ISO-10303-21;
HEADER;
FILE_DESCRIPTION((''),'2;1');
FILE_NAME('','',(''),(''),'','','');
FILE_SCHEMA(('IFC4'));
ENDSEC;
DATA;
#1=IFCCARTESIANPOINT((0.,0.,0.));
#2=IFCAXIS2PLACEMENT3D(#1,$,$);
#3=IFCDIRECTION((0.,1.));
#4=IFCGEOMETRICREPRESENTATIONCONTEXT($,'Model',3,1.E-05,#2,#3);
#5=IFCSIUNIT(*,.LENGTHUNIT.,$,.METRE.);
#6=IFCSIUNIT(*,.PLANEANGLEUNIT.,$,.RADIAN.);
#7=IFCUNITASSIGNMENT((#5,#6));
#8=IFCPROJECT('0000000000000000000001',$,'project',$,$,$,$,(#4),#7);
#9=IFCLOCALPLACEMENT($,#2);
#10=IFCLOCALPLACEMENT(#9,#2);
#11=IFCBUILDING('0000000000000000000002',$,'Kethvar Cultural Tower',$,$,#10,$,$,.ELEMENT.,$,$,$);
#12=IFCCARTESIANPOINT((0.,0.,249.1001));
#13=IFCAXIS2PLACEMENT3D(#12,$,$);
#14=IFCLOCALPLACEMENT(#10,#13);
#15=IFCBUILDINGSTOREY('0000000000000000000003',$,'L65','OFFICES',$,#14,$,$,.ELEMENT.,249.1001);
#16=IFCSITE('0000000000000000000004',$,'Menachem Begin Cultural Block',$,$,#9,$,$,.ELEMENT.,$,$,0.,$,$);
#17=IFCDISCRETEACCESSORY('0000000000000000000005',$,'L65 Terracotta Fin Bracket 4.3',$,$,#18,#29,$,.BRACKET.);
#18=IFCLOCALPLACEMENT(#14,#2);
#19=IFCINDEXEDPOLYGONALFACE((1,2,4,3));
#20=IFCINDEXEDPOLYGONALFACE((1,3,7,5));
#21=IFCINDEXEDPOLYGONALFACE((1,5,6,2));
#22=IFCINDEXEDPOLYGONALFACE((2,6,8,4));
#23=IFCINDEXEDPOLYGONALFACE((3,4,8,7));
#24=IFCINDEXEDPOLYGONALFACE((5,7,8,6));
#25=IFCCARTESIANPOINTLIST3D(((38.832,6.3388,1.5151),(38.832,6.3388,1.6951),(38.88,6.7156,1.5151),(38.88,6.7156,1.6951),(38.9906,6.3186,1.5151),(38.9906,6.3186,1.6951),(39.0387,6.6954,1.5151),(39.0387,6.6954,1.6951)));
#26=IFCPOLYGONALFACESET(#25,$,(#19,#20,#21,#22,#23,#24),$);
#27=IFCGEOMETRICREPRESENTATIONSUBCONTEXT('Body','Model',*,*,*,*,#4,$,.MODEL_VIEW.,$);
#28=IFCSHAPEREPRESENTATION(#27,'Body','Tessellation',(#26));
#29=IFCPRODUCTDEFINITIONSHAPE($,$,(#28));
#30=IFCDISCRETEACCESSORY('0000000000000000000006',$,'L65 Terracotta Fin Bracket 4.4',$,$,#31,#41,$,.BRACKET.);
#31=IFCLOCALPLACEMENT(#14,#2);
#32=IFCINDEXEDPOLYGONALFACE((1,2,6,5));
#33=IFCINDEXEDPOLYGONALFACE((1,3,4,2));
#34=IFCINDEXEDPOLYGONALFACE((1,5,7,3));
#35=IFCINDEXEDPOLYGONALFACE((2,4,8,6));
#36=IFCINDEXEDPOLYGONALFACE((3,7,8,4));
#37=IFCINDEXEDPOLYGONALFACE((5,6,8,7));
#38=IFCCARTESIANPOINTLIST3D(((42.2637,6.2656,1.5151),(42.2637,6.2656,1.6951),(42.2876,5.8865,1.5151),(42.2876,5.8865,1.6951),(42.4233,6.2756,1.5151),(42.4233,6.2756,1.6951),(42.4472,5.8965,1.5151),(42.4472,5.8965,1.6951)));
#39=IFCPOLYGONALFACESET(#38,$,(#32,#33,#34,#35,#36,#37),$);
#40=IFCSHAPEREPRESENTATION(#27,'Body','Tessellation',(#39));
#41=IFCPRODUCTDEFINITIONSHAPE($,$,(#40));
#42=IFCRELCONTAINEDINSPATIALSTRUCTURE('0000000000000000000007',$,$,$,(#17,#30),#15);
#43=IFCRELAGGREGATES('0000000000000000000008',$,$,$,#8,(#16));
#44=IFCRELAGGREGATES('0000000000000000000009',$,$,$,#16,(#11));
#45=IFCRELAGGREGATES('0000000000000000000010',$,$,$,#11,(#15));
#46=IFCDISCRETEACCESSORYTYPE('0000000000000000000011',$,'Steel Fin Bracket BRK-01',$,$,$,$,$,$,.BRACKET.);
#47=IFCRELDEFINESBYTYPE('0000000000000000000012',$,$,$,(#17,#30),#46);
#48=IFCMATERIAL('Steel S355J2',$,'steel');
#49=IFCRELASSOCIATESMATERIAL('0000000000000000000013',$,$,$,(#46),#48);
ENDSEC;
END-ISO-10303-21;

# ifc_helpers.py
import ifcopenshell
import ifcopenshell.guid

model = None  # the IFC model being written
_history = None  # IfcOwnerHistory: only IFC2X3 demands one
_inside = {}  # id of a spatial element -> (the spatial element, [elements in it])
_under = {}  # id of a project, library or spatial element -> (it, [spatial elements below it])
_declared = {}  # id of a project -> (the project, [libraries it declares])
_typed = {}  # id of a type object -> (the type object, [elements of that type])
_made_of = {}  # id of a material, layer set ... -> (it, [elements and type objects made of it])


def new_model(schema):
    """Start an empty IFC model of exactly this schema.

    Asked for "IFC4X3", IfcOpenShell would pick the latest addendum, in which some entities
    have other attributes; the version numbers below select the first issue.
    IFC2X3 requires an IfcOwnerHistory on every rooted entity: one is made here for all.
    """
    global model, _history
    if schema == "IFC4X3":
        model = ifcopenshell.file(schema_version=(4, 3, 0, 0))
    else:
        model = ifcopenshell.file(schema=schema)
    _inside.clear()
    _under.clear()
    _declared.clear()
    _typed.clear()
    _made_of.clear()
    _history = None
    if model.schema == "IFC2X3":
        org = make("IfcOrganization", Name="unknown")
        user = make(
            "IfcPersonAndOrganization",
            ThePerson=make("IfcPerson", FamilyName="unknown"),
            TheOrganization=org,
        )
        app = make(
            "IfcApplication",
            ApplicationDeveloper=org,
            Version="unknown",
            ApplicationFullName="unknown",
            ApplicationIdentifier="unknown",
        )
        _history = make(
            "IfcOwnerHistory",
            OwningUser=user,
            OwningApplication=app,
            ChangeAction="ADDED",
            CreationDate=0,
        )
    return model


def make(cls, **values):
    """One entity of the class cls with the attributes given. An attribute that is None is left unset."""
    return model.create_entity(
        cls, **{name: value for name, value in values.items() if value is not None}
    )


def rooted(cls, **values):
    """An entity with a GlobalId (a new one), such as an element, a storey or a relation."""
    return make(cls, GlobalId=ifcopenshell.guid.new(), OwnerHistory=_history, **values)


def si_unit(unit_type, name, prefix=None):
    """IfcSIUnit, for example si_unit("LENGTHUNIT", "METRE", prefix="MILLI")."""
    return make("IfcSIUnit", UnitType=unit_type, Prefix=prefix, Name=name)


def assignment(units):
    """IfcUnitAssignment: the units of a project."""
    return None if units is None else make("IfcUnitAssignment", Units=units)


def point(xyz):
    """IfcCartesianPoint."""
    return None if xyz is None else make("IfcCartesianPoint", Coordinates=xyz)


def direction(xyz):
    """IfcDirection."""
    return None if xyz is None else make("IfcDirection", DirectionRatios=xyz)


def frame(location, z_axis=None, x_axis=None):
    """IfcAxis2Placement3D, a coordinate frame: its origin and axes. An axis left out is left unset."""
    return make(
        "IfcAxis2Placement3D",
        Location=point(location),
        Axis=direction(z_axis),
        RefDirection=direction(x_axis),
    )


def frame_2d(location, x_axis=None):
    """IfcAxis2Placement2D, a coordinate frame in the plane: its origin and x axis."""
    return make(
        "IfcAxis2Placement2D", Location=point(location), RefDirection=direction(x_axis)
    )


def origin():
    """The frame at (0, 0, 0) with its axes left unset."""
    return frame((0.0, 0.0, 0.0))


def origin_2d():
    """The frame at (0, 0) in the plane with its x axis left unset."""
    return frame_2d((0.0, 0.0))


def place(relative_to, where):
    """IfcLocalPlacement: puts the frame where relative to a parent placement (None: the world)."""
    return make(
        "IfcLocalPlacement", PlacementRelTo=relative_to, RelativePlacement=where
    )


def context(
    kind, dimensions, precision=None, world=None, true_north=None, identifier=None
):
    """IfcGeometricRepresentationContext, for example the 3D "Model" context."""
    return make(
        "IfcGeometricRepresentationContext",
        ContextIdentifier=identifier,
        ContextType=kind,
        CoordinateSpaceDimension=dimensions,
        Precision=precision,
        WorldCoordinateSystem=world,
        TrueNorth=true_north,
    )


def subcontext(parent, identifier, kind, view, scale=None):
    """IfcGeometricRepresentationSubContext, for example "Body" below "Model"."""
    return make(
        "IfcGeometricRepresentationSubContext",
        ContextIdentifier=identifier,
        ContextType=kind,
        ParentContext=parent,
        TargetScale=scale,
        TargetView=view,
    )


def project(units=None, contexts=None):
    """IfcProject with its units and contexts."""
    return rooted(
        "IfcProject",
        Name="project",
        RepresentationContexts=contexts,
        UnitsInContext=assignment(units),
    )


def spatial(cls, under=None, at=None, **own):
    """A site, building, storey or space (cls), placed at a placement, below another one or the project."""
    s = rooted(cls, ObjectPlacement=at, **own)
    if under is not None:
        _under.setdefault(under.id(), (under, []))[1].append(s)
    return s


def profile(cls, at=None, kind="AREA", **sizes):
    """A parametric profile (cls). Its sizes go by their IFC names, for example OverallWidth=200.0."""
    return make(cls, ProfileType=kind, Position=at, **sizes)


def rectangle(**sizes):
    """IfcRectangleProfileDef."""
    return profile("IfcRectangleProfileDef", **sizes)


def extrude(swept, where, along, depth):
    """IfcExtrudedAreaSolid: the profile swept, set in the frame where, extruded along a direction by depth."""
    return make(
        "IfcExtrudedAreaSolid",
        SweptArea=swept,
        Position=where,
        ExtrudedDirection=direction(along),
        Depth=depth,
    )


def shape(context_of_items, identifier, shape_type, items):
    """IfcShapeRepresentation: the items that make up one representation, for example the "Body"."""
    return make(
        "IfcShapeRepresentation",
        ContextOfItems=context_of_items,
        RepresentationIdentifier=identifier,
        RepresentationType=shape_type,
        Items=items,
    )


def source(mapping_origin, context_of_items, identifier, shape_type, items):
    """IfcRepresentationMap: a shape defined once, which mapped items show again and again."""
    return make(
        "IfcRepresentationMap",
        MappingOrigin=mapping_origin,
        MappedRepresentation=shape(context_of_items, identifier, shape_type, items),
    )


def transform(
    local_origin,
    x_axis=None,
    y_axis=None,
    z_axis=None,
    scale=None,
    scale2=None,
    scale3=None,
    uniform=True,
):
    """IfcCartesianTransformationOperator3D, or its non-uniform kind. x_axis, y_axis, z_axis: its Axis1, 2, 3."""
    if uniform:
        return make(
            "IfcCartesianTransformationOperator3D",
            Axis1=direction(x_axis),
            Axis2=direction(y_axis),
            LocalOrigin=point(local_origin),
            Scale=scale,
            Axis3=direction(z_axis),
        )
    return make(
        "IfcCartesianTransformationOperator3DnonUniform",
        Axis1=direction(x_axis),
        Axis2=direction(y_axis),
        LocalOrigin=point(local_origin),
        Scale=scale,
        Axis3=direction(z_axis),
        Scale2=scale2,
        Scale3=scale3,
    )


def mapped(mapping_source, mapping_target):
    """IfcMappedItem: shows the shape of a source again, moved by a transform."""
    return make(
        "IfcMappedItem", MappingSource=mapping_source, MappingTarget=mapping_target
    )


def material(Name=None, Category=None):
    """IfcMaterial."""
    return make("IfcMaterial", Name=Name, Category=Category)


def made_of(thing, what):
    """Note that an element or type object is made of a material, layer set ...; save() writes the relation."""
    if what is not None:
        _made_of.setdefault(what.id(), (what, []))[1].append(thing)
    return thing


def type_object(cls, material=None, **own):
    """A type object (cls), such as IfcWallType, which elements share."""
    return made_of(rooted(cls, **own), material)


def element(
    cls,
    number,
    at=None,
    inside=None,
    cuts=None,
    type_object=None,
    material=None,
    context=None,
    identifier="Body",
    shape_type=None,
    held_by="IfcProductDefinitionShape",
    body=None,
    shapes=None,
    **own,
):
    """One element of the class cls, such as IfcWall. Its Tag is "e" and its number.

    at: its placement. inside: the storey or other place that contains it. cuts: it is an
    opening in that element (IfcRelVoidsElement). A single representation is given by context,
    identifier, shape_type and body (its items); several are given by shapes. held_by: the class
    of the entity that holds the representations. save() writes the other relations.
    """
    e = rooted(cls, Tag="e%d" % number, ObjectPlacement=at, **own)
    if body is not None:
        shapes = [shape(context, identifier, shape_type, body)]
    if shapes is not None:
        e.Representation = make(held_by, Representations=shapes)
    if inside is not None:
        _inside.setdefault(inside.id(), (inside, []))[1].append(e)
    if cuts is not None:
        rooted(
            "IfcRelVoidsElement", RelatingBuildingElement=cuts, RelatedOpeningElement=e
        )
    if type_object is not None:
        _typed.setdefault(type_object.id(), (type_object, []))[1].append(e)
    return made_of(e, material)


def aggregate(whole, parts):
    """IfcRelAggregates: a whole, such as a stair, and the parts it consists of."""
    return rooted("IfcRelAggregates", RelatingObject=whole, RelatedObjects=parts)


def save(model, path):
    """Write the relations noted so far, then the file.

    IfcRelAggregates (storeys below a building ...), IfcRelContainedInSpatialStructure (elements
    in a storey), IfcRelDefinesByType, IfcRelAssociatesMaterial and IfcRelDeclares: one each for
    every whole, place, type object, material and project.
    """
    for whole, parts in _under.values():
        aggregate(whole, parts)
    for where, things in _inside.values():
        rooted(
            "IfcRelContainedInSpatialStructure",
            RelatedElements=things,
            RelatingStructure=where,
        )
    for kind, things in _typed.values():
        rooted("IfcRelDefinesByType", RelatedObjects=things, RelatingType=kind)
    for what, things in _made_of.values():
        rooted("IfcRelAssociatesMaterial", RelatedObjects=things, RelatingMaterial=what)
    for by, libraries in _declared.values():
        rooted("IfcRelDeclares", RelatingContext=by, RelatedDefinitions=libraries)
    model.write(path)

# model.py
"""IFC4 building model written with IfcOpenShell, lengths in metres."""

from ifc_helpers import new_model, si_unit, direction, frame, origin, origin_2d, place, context, subcontext, project, spatial, rectangle, extrude, source, transform, mapped, material, type_object, element, save


model = new_model("IFC4")

# Units and contexts
model_context = context("Model", 3, precision=1e-05, world=origin(), true_north=direction((0.0, 1.0)))
body_context = subcontext(model_context, "Body", "Model", "MODEL_VIEW")
ifc_project = project(units=[si_unit("LENGTHUNIT", "METRE"), si_unit("PLANEANGLEUNIT", "RADIAN")], contexts=[model_context])

# Site, building, storey
site_placement = place(None, origin())
site = spatial("IfcSite", under=ifc_project, at=site_placement, Name="Menachem Begin Cultural Block", CompositionType="ELEMENT", RefElevation=0.0)
building_placement = place(site_placement, origin())
building = spatial("IfcBuilding", under=site, at=building_placement, Name="Kethvar Cultural Tower", CompositionType="ELEMENT")
storey_placement = place(building_placement, frame((0.0, 0.0, 249.1001)))
storey = spatial("IfcBuildingStorey", under=building, at=storey_placement, Name="L65", Description="OFFICES", CompositionType="ELEMENT", Elevation=249.1001)

# Shared definitions
ifc_material_1 = material(Name="Steel S355J2", Category="steel")

# Discrete accessories
discrete_accessory_type = type_object("IfcDiscreteAccessoryType", Name="Steel Fin Bracket BRK-01", PredefinedType="BRACKET", material=ifc_material_1)
shared_shape_1 = source(origin(), body_context, "Body", "SweptSolid", [
    extrude(rectangle(XDim=0.3799, YDim=0.1599, at=origin_2d()), origin(), (0.0, 0.0, 1.0), 0.1799),
])
for number, where, z_axis, x_axis, name in (
    (1, (38.9353, 6.5171, 1.5151), (0.0, 0.0, 1.0), (-0.126545, -0.991961, 0.0), "L65 Terracotta Fin Bracket 4.3"),
    (2, (42.3555, 6.0811, 1.5151), (0.0, 0.0, 1.0), (0.062791, -0.998027, 0.0), "L65 Terracotta Fin Bracket 4.4"),
):
    element("IfcDiscreteAccessory", number, at=place(storey_placement, frame(where, z_axis=z_axis, x_axis=x_axis)), inside=storey, type_object=discrete_accessory_type, Name=name, PredefinedType="BRACKET", context=body_context, shape_type="MappedRepresentation", body=[
        mapped(shared_shape_1, transform((0.0, 0.0, 0.0), scale=1.0)),
    ])

save(model, "model.ifc")
